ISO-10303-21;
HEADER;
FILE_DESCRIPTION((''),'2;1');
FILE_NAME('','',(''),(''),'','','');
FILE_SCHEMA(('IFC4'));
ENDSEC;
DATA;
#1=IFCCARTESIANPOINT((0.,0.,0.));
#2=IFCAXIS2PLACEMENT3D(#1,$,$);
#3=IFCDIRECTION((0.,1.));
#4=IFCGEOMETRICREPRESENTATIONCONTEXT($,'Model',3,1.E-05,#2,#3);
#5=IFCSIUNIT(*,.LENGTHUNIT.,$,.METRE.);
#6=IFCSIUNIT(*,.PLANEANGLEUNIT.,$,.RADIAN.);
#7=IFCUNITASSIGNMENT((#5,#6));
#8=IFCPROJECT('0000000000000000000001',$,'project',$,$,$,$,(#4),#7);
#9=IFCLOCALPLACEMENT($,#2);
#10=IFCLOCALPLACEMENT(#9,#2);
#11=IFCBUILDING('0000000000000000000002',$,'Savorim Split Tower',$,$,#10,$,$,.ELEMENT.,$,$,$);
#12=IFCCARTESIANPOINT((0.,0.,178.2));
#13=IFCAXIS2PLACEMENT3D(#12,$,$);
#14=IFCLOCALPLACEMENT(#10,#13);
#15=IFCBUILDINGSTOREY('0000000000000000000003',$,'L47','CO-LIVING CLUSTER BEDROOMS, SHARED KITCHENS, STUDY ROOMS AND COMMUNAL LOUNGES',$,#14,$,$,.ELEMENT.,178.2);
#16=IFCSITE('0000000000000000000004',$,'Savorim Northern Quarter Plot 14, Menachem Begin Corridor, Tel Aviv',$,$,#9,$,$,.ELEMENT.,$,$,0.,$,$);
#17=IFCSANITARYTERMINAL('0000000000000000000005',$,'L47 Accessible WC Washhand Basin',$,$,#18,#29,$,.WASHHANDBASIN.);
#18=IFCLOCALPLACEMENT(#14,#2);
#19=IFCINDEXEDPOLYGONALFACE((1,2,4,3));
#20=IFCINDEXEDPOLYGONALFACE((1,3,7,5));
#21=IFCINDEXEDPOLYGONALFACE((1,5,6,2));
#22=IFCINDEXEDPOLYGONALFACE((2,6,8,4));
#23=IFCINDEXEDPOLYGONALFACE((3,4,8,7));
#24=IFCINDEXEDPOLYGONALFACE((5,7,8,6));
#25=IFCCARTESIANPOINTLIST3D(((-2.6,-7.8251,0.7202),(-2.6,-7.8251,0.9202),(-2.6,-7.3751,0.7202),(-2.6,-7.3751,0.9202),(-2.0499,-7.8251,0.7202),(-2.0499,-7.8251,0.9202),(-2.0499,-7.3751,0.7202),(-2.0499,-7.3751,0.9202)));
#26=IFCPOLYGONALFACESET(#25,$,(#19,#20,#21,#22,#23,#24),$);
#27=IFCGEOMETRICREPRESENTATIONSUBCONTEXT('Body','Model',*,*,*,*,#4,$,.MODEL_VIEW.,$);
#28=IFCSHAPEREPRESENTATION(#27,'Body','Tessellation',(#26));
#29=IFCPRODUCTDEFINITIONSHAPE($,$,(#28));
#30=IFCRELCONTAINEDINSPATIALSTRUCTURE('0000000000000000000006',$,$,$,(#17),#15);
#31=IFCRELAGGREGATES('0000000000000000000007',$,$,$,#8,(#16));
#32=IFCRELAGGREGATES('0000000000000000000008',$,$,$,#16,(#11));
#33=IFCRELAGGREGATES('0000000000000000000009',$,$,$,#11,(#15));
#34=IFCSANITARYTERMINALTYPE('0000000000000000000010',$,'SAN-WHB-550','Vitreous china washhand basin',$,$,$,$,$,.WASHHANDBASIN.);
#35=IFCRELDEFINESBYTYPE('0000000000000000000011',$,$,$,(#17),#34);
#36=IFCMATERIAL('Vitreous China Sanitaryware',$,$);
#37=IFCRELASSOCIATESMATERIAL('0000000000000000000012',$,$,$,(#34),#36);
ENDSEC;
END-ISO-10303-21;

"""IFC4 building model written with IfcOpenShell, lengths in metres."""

from ifc_helpers import new_model, si_unit, direction, frame, origin, origin_2d, place, context, subcontext, project, spatial, rectangle, extrude, material, type_object, element, save


model = new_model("IFC4")

# Units and contexts
model_context = context("Model", 3, precision=1e-05, world=origin(), true_north=direction((0.0, 1.0)))
body_context = subcontext(model_context, "Body", "Model", "MODEL_VIEW")
ifc_project = project(units=[si_unit("LENGTHUNIT", "METRE"), si_unit("PLANEANGLEUNIT", "RADIAN")], contexts=[model_context])

# Site, building, storey
site_placement = place(None, origin())
site = spatial("IfcSite", under=ifc_project, at=site_placement, Name="Savorim Northern Quarter Plot 14, Menachem Begin Corridor, Tel Aviv", CompositionType="ELEMENT", RefElevation=0.0)
building_placement = place(site_placement, origin())
building = spatial("IfcBuilding", under=site, at=building_placement, Name="Savorim Split Tower", CompositionType="ELEMENT")
storey_placement = place(building_placement, frame((0.0, 0.0, 178.2)))
storey = spatial("IfcBuildingStorey", under=building, at=storey_placement, Name="L47", Description="CO-LIVING CLUSTER BEDROOMS, SHARED KITCHENS, STUDY ROOMS AND COMMUNAL LOUNGES", CompositionType="ELEMENT", Elevation=178.2)

# Sanitary terminal
ifc_material_1 = material(Name="Vitreous China Sanitaryware")
sanitary_terminal_type_1 = type_object("IfcSanitaryTerminalType", Name="SAN-WHB-550", Description="Vitreous china washhand basin", PredefinedType="WASHHANDBASIN", material=ifc_material_1)
sanitary_terminal_1_placement = place(storey_placement, frame((-2.325, -7.6001, 0.7202), z_axis=(0.0, 0.0, 1.0), x_axis=(1.0, 0.0, 0.0)))
element("IfcSanitaryTerminal", 1, at=sanitary_terminal_1_placement, inside=storey, type_object=sanitary_terminal_type_1, Name="L47 Accessible WC Washhand Basin", PredefinedType="WASHHANDBASIN", context=body_context, shape_type="SweptSolid", body=[
    extrude(rectangle(XDim=0.55, YDim=0.45, at=origin_2d()), origin(), (0.0, 0.0, 1.0), 0.2),
])

save(model, "model.ifc")
